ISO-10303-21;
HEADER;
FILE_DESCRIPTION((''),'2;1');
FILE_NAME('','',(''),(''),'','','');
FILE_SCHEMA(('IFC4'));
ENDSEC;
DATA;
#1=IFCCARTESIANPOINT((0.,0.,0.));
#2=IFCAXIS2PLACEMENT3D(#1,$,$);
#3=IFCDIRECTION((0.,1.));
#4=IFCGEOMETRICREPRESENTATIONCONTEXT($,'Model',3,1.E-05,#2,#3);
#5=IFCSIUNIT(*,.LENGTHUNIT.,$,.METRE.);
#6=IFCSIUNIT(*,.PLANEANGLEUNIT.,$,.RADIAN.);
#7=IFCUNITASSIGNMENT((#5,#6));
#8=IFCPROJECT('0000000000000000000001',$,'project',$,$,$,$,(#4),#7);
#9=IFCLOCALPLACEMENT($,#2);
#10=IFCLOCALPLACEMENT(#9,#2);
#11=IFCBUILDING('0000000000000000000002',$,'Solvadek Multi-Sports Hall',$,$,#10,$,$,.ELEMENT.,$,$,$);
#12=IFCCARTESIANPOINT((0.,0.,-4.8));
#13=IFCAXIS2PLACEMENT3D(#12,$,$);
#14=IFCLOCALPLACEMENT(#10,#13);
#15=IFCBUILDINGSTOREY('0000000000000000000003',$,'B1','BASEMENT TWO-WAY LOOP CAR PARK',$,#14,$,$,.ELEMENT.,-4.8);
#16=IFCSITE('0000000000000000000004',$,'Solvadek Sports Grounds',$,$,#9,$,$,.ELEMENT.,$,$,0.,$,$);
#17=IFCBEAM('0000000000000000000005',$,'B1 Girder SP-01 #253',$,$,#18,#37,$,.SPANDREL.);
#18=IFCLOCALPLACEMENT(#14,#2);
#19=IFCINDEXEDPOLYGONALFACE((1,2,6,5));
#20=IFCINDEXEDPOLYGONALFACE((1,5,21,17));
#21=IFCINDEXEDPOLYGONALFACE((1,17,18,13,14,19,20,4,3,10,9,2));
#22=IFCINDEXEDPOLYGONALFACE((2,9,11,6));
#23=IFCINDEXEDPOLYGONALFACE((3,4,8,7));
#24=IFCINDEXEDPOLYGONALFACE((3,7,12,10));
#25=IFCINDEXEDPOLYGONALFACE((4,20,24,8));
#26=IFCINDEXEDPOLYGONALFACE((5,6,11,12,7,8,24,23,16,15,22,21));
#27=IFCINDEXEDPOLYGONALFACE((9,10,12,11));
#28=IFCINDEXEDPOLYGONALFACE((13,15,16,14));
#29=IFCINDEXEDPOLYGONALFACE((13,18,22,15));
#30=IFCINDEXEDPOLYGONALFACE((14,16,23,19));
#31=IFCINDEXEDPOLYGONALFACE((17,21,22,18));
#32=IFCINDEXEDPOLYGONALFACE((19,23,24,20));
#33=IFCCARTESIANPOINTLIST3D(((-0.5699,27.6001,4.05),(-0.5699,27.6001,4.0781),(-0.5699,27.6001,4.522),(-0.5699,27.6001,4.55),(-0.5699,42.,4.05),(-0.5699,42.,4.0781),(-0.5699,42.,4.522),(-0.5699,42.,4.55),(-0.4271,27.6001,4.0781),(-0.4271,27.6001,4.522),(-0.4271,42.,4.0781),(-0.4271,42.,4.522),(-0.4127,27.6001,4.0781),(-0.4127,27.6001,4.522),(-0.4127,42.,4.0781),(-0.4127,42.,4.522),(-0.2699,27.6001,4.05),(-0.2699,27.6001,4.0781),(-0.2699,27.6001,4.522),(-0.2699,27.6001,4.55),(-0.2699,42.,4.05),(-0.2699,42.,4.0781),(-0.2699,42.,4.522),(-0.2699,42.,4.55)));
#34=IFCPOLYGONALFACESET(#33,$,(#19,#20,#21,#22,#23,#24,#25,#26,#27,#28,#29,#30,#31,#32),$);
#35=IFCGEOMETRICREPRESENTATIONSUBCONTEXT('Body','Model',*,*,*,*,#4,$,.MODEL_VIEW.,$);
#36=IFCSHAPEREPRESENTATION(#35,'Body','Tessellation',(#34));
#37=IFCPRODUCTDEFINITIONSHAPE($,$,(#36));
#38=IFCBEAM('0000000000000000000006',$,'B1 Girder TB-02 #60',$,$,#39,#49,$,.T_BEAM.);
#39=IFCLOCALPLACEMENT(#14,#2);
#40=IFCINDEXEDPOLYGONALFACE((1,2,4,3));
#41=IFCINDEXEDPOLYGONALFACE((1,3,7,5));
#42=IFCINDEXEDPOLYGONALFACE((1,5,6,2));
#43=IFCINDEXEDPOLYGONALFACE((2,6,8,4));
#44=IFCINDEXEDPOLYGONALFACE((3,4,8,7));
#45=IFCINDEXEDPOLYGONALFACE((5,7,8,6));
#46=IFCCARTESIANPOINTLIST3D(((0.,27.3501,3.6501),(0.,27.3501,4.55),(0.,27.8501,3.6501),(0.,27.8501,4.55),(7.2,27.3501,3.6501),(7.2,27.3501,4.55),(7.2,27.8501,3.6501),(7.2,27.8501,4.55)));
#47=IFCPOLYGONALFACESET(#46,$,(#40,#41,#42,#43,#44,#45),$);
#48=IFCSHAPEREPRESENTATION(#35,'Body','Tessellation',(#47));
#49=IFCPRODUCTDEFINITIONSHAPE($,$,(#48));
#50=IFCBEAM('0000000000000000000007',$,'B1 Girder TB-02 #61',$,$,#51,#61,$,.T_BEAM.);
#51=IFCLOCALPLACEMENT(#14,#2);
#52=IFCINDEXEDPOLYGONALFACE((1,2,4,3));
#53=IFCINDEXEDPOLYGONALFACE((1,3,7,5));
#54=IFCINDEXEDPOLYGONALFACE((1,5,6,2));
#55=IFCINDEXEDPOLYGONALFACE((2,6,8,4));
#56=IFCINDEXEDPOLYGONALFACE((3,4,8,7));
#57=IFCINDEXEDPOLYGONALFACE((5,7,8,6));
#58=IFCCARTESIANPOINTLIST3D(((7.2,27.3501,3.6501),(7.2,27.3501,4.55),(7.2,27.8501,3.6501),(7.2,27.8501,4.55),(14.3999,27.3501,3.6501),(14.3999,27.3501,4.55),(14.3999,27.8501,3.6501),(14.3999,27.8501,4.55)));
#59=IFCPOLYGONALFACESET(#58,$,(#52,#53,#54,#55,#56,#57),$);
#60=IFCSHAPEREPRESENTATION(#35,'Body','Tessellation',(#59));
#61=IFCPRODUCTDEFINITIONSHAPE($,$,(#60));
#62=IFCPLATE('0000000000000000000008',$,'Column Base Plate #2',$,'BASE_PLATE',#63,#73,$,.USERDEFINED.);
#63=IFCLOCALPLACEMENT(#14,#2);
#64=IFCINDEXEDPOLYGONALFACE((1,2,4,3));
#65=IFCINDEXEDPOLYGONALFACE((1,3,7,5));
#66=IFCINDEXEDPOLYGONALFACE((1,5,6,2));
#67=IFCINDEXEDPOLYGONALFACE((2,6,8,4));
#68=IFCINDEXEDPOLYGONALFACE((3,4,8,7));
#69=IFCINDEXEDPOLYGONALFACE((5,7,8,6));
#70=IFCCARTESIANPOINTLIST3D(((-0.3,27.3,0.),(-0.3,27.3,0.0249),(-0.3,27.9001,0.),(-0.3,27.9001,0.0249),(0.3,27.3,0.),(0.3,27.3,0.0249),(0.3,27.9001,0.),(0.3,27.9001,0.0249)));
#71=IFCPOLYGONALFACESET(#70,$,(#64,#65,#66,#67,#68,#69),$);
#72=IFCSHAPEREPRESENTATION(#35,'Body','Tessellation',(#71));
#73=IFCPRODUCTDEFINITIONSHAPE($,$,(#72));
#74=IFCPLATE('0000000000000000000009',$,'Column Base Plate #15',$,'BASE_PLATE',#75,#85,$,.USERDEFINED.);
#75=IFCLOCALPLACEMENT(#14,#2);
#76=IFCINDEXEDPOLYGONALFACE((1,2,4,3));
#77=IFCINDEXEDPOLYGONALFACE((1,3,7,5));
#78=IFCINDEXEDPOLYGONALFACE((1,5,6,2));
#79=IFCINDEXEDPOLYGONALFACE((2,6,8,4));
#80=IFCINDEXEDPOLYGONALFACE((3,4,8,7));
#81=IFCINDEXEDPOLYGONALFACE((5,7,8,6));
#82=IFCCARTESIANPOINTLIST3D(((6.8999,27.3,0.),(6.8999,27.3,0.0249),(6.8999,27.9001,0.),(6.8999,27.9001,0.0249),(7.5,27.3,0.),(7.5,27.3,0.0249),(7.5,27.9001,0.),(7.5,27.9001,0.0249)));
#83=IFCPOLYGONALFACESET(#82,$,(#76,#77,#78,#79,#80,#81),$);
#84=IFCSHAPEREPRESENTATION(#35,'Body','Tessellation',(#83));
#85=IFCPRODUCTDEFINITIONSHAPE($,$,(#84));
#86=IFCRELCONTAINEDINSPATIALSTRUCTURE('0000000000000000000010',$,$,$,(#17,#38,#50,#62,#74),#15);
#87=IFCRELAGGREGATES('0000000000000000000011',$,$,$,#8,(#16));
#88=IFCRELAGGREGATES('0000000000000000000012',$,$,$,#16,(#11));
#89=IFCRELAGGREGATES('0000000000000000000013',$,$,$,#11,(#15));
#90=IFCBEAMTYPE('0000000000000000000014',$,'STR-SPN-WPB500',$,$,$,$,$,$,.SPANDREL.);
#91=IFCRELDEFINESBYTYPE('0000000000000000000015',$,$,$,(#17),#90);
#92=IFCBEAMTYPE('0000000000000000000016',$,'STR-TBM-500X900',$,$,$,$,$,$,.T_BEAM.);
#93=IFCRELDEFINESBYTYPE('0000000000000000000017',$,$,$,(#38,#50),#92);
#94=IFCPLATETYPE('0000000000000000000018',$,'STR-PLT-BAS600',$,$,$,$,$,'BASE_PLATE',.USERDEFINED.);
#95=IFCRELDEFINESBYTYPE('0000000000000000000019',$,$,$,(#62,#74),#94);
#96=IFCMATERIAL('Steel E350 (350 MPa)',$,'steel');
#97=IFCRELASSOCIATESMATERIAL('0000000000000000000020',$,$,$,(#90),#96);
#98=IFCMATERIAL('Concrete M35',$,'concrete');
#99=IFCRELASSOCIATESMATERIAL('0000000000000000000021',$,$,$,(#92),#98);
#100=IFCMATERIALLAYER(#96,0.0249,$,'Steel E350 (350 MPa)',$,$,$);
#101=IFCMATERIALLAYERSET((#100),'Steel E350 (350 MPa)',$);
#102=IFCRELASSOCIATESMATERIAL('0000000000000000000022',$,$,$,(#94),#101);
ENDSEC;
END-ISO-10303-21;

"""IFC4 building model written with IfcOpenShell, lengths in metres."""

from ifc_helpers import new_model, si_unit, direction, frame, origin, origin_2d, place, context, subcontext, project, spatial, rectangle, i_section, extrude, material, layer, layer_set, material_profile, profile_set, type_object, element, save


model = new_model("IFC4")

# Units and contexts
model_context = context("Model", 3, precision=1e-05, world=origin(), true_north=direction((0.0, 1.0)))
body_context = subcontext(model_context, "Body", "Model", "MODEL_VIEW")
ifc_project = project(units=[si_unit("LENGTHUNIT", "METRE"), si_unit("PLANEANGLEUNIT", "RADIAN")], contexts=[model_context])

# Site, building, storey
site_placement = place(None, origin())
site = spatial("IfcSite", under=ifc_project, at=site_placement, Name="Solvadek Sports Grounds", CompositionType="ELEMENT", RefElevation=0.0)
building_placement = place(site_placement, origin())
building = spatial("IfcBuilding", under=site, at=building_placement, Name="Solvadek Multi-Sports Hall", CompositionType="ELEMENT")
storey_placement = place(building_placement, frame((0.0, 0.0, -4.8)))
storey = spatial("IfcBuildingStorey", under=building, at=storey_placement, Name="B1", Description="BASEMENT TWO-WAY LOOP CAR PARK", CompositionType="ELEMENT", Elevation=-4.8)

# Shared definitions
ifc_material_1 = material(Name="Concrete M35", Category="concrete")

# Shared definitions
ifc_material_2 = material(Name="Steel E350 (350 MPa)", Category="steel")

# Beams
ifc_material_profile_1 = material_profile(ifc_material_2, i_section(OverallWidth=0.3, OverallDepth=0.5, WebThickness=0.0144, FlangeThickness=0.0281, at=origin_2d()), Name="WPB 500")
ifc_profile_set_1 = profile_set([ifc_material_profile_1], Name="Steel E350 (350 MPa)")
beam_type_1 = type_object("IfcBeamType", Name="STR-SPN-WPB500", PredefinedType="SPANDREL", material=ifc_profile_set_1)
beam_1_placement = place(storey_placement, frame((-0.4199, 27.6001, 4.3), z_axis=(0.0, 1.0, 0.0), x_axis=(-1.0, 0.0, 0.0)))
element("IfcBeam", 1, at=beam_1_placement, inside=storey, type_object=beam_type_1, Name="B1 Girder SP-01 #253", PredefinedType="SPANDREL", context=body_context, shape_type="SweptSolid", body=[
    extrude(i_section(OverallWidth=0.3, OverallDepth=0.5, WebThickness=0.0144, FlangeThickness=0.0281, at=origin_2d()), origin(), (0.0, 0.0, 1.0), 14.3999),
])
ifc_material_profile_2 = material_profile(ifc_material_1, rectangle(XDim=0.5, YDim=0.8999, at=origin_2d()), Name="RC T-BEAM 500x900")
ifc_profile_set_2 = profile_set([ifc_material_profile_2], Name="Concrete M35")
beam_type_2 = type_object("IfcBeamType", Name="STR-TBM-500X900", PredefinedType="T_BEAM", material=ifc_profile_set_2)
for number, where, z_axis, x_axis, name in (
    (2, (0.0, 27.6001, 4.1001), (1.0, 0.0, 0.0), (0.0, 1.0, 0.0), "B1 Girder TB-02 #60"),
    (3, (7.2, 27.6001, 4.1001), (1.0, 0.0, 0.0), (0.0, 1.0, 0.0), "B1 Girder TB-02 #61"),
):
    element("IfcBeam", number, at=place(storey_placement, frame(where, z_axis=z_axis, x_axis=x_axis)), inside=storey, type_object=beam_type_2, Name=name, PredefinedType="T_BEAM", context=body_context, shape_type="SweptSolid", body=[
        extrude(rectangle(XDim=0.5, YDim=0.8999, at=origin_2d()), origin(), (0.0, 0.0, 1.0), 7.2),
    ])

# Plates
ifc_layer = layer(ifc_material_2, 0.0249, Name="Steel E350 (350 MPa)")
ifc_layer_set = layer_set([ifc_layer], Name="Steel E350 (350 MPa)")
plate_type = type_object("IfcPlateType", Name="STR-PLT-BAS600", ElementType="BASE_PLATE", PredefinedType="USERDEFINED", material=ifc_layer_set)
for number, where, z_axis, x_axis, name in (
    (4, (0.0, 27.6001, 0.0), (0.0, 0.0, 1.0), (1.0, 0.0, 0.0), "Column Base Plate #2"),
    (5, (7.2, 27.6001, 0.0), (0.0, 0.0, 1.0), (1.0, 0.0, 0.0), "Column Base Plate #15"),
):
    element("IfcPlate", number, at=place(storey_placement, frame(where, z_axis=z_axis, x_axis=x_axis)), inside=storey, type_object=plate_type, Name=name, ObjectType="BASE_PLATE", PredefinedType="USERDEFINED", context=body_context, shape_type="SweptSolid", body=[
        extrude(rectangle(XDim=0.6001, YDim=0.6001, at=origin_2d()), origin(), (0.0, 0.0, 1.0), 0.0249),
    ])

save(model, "model.ifc")
